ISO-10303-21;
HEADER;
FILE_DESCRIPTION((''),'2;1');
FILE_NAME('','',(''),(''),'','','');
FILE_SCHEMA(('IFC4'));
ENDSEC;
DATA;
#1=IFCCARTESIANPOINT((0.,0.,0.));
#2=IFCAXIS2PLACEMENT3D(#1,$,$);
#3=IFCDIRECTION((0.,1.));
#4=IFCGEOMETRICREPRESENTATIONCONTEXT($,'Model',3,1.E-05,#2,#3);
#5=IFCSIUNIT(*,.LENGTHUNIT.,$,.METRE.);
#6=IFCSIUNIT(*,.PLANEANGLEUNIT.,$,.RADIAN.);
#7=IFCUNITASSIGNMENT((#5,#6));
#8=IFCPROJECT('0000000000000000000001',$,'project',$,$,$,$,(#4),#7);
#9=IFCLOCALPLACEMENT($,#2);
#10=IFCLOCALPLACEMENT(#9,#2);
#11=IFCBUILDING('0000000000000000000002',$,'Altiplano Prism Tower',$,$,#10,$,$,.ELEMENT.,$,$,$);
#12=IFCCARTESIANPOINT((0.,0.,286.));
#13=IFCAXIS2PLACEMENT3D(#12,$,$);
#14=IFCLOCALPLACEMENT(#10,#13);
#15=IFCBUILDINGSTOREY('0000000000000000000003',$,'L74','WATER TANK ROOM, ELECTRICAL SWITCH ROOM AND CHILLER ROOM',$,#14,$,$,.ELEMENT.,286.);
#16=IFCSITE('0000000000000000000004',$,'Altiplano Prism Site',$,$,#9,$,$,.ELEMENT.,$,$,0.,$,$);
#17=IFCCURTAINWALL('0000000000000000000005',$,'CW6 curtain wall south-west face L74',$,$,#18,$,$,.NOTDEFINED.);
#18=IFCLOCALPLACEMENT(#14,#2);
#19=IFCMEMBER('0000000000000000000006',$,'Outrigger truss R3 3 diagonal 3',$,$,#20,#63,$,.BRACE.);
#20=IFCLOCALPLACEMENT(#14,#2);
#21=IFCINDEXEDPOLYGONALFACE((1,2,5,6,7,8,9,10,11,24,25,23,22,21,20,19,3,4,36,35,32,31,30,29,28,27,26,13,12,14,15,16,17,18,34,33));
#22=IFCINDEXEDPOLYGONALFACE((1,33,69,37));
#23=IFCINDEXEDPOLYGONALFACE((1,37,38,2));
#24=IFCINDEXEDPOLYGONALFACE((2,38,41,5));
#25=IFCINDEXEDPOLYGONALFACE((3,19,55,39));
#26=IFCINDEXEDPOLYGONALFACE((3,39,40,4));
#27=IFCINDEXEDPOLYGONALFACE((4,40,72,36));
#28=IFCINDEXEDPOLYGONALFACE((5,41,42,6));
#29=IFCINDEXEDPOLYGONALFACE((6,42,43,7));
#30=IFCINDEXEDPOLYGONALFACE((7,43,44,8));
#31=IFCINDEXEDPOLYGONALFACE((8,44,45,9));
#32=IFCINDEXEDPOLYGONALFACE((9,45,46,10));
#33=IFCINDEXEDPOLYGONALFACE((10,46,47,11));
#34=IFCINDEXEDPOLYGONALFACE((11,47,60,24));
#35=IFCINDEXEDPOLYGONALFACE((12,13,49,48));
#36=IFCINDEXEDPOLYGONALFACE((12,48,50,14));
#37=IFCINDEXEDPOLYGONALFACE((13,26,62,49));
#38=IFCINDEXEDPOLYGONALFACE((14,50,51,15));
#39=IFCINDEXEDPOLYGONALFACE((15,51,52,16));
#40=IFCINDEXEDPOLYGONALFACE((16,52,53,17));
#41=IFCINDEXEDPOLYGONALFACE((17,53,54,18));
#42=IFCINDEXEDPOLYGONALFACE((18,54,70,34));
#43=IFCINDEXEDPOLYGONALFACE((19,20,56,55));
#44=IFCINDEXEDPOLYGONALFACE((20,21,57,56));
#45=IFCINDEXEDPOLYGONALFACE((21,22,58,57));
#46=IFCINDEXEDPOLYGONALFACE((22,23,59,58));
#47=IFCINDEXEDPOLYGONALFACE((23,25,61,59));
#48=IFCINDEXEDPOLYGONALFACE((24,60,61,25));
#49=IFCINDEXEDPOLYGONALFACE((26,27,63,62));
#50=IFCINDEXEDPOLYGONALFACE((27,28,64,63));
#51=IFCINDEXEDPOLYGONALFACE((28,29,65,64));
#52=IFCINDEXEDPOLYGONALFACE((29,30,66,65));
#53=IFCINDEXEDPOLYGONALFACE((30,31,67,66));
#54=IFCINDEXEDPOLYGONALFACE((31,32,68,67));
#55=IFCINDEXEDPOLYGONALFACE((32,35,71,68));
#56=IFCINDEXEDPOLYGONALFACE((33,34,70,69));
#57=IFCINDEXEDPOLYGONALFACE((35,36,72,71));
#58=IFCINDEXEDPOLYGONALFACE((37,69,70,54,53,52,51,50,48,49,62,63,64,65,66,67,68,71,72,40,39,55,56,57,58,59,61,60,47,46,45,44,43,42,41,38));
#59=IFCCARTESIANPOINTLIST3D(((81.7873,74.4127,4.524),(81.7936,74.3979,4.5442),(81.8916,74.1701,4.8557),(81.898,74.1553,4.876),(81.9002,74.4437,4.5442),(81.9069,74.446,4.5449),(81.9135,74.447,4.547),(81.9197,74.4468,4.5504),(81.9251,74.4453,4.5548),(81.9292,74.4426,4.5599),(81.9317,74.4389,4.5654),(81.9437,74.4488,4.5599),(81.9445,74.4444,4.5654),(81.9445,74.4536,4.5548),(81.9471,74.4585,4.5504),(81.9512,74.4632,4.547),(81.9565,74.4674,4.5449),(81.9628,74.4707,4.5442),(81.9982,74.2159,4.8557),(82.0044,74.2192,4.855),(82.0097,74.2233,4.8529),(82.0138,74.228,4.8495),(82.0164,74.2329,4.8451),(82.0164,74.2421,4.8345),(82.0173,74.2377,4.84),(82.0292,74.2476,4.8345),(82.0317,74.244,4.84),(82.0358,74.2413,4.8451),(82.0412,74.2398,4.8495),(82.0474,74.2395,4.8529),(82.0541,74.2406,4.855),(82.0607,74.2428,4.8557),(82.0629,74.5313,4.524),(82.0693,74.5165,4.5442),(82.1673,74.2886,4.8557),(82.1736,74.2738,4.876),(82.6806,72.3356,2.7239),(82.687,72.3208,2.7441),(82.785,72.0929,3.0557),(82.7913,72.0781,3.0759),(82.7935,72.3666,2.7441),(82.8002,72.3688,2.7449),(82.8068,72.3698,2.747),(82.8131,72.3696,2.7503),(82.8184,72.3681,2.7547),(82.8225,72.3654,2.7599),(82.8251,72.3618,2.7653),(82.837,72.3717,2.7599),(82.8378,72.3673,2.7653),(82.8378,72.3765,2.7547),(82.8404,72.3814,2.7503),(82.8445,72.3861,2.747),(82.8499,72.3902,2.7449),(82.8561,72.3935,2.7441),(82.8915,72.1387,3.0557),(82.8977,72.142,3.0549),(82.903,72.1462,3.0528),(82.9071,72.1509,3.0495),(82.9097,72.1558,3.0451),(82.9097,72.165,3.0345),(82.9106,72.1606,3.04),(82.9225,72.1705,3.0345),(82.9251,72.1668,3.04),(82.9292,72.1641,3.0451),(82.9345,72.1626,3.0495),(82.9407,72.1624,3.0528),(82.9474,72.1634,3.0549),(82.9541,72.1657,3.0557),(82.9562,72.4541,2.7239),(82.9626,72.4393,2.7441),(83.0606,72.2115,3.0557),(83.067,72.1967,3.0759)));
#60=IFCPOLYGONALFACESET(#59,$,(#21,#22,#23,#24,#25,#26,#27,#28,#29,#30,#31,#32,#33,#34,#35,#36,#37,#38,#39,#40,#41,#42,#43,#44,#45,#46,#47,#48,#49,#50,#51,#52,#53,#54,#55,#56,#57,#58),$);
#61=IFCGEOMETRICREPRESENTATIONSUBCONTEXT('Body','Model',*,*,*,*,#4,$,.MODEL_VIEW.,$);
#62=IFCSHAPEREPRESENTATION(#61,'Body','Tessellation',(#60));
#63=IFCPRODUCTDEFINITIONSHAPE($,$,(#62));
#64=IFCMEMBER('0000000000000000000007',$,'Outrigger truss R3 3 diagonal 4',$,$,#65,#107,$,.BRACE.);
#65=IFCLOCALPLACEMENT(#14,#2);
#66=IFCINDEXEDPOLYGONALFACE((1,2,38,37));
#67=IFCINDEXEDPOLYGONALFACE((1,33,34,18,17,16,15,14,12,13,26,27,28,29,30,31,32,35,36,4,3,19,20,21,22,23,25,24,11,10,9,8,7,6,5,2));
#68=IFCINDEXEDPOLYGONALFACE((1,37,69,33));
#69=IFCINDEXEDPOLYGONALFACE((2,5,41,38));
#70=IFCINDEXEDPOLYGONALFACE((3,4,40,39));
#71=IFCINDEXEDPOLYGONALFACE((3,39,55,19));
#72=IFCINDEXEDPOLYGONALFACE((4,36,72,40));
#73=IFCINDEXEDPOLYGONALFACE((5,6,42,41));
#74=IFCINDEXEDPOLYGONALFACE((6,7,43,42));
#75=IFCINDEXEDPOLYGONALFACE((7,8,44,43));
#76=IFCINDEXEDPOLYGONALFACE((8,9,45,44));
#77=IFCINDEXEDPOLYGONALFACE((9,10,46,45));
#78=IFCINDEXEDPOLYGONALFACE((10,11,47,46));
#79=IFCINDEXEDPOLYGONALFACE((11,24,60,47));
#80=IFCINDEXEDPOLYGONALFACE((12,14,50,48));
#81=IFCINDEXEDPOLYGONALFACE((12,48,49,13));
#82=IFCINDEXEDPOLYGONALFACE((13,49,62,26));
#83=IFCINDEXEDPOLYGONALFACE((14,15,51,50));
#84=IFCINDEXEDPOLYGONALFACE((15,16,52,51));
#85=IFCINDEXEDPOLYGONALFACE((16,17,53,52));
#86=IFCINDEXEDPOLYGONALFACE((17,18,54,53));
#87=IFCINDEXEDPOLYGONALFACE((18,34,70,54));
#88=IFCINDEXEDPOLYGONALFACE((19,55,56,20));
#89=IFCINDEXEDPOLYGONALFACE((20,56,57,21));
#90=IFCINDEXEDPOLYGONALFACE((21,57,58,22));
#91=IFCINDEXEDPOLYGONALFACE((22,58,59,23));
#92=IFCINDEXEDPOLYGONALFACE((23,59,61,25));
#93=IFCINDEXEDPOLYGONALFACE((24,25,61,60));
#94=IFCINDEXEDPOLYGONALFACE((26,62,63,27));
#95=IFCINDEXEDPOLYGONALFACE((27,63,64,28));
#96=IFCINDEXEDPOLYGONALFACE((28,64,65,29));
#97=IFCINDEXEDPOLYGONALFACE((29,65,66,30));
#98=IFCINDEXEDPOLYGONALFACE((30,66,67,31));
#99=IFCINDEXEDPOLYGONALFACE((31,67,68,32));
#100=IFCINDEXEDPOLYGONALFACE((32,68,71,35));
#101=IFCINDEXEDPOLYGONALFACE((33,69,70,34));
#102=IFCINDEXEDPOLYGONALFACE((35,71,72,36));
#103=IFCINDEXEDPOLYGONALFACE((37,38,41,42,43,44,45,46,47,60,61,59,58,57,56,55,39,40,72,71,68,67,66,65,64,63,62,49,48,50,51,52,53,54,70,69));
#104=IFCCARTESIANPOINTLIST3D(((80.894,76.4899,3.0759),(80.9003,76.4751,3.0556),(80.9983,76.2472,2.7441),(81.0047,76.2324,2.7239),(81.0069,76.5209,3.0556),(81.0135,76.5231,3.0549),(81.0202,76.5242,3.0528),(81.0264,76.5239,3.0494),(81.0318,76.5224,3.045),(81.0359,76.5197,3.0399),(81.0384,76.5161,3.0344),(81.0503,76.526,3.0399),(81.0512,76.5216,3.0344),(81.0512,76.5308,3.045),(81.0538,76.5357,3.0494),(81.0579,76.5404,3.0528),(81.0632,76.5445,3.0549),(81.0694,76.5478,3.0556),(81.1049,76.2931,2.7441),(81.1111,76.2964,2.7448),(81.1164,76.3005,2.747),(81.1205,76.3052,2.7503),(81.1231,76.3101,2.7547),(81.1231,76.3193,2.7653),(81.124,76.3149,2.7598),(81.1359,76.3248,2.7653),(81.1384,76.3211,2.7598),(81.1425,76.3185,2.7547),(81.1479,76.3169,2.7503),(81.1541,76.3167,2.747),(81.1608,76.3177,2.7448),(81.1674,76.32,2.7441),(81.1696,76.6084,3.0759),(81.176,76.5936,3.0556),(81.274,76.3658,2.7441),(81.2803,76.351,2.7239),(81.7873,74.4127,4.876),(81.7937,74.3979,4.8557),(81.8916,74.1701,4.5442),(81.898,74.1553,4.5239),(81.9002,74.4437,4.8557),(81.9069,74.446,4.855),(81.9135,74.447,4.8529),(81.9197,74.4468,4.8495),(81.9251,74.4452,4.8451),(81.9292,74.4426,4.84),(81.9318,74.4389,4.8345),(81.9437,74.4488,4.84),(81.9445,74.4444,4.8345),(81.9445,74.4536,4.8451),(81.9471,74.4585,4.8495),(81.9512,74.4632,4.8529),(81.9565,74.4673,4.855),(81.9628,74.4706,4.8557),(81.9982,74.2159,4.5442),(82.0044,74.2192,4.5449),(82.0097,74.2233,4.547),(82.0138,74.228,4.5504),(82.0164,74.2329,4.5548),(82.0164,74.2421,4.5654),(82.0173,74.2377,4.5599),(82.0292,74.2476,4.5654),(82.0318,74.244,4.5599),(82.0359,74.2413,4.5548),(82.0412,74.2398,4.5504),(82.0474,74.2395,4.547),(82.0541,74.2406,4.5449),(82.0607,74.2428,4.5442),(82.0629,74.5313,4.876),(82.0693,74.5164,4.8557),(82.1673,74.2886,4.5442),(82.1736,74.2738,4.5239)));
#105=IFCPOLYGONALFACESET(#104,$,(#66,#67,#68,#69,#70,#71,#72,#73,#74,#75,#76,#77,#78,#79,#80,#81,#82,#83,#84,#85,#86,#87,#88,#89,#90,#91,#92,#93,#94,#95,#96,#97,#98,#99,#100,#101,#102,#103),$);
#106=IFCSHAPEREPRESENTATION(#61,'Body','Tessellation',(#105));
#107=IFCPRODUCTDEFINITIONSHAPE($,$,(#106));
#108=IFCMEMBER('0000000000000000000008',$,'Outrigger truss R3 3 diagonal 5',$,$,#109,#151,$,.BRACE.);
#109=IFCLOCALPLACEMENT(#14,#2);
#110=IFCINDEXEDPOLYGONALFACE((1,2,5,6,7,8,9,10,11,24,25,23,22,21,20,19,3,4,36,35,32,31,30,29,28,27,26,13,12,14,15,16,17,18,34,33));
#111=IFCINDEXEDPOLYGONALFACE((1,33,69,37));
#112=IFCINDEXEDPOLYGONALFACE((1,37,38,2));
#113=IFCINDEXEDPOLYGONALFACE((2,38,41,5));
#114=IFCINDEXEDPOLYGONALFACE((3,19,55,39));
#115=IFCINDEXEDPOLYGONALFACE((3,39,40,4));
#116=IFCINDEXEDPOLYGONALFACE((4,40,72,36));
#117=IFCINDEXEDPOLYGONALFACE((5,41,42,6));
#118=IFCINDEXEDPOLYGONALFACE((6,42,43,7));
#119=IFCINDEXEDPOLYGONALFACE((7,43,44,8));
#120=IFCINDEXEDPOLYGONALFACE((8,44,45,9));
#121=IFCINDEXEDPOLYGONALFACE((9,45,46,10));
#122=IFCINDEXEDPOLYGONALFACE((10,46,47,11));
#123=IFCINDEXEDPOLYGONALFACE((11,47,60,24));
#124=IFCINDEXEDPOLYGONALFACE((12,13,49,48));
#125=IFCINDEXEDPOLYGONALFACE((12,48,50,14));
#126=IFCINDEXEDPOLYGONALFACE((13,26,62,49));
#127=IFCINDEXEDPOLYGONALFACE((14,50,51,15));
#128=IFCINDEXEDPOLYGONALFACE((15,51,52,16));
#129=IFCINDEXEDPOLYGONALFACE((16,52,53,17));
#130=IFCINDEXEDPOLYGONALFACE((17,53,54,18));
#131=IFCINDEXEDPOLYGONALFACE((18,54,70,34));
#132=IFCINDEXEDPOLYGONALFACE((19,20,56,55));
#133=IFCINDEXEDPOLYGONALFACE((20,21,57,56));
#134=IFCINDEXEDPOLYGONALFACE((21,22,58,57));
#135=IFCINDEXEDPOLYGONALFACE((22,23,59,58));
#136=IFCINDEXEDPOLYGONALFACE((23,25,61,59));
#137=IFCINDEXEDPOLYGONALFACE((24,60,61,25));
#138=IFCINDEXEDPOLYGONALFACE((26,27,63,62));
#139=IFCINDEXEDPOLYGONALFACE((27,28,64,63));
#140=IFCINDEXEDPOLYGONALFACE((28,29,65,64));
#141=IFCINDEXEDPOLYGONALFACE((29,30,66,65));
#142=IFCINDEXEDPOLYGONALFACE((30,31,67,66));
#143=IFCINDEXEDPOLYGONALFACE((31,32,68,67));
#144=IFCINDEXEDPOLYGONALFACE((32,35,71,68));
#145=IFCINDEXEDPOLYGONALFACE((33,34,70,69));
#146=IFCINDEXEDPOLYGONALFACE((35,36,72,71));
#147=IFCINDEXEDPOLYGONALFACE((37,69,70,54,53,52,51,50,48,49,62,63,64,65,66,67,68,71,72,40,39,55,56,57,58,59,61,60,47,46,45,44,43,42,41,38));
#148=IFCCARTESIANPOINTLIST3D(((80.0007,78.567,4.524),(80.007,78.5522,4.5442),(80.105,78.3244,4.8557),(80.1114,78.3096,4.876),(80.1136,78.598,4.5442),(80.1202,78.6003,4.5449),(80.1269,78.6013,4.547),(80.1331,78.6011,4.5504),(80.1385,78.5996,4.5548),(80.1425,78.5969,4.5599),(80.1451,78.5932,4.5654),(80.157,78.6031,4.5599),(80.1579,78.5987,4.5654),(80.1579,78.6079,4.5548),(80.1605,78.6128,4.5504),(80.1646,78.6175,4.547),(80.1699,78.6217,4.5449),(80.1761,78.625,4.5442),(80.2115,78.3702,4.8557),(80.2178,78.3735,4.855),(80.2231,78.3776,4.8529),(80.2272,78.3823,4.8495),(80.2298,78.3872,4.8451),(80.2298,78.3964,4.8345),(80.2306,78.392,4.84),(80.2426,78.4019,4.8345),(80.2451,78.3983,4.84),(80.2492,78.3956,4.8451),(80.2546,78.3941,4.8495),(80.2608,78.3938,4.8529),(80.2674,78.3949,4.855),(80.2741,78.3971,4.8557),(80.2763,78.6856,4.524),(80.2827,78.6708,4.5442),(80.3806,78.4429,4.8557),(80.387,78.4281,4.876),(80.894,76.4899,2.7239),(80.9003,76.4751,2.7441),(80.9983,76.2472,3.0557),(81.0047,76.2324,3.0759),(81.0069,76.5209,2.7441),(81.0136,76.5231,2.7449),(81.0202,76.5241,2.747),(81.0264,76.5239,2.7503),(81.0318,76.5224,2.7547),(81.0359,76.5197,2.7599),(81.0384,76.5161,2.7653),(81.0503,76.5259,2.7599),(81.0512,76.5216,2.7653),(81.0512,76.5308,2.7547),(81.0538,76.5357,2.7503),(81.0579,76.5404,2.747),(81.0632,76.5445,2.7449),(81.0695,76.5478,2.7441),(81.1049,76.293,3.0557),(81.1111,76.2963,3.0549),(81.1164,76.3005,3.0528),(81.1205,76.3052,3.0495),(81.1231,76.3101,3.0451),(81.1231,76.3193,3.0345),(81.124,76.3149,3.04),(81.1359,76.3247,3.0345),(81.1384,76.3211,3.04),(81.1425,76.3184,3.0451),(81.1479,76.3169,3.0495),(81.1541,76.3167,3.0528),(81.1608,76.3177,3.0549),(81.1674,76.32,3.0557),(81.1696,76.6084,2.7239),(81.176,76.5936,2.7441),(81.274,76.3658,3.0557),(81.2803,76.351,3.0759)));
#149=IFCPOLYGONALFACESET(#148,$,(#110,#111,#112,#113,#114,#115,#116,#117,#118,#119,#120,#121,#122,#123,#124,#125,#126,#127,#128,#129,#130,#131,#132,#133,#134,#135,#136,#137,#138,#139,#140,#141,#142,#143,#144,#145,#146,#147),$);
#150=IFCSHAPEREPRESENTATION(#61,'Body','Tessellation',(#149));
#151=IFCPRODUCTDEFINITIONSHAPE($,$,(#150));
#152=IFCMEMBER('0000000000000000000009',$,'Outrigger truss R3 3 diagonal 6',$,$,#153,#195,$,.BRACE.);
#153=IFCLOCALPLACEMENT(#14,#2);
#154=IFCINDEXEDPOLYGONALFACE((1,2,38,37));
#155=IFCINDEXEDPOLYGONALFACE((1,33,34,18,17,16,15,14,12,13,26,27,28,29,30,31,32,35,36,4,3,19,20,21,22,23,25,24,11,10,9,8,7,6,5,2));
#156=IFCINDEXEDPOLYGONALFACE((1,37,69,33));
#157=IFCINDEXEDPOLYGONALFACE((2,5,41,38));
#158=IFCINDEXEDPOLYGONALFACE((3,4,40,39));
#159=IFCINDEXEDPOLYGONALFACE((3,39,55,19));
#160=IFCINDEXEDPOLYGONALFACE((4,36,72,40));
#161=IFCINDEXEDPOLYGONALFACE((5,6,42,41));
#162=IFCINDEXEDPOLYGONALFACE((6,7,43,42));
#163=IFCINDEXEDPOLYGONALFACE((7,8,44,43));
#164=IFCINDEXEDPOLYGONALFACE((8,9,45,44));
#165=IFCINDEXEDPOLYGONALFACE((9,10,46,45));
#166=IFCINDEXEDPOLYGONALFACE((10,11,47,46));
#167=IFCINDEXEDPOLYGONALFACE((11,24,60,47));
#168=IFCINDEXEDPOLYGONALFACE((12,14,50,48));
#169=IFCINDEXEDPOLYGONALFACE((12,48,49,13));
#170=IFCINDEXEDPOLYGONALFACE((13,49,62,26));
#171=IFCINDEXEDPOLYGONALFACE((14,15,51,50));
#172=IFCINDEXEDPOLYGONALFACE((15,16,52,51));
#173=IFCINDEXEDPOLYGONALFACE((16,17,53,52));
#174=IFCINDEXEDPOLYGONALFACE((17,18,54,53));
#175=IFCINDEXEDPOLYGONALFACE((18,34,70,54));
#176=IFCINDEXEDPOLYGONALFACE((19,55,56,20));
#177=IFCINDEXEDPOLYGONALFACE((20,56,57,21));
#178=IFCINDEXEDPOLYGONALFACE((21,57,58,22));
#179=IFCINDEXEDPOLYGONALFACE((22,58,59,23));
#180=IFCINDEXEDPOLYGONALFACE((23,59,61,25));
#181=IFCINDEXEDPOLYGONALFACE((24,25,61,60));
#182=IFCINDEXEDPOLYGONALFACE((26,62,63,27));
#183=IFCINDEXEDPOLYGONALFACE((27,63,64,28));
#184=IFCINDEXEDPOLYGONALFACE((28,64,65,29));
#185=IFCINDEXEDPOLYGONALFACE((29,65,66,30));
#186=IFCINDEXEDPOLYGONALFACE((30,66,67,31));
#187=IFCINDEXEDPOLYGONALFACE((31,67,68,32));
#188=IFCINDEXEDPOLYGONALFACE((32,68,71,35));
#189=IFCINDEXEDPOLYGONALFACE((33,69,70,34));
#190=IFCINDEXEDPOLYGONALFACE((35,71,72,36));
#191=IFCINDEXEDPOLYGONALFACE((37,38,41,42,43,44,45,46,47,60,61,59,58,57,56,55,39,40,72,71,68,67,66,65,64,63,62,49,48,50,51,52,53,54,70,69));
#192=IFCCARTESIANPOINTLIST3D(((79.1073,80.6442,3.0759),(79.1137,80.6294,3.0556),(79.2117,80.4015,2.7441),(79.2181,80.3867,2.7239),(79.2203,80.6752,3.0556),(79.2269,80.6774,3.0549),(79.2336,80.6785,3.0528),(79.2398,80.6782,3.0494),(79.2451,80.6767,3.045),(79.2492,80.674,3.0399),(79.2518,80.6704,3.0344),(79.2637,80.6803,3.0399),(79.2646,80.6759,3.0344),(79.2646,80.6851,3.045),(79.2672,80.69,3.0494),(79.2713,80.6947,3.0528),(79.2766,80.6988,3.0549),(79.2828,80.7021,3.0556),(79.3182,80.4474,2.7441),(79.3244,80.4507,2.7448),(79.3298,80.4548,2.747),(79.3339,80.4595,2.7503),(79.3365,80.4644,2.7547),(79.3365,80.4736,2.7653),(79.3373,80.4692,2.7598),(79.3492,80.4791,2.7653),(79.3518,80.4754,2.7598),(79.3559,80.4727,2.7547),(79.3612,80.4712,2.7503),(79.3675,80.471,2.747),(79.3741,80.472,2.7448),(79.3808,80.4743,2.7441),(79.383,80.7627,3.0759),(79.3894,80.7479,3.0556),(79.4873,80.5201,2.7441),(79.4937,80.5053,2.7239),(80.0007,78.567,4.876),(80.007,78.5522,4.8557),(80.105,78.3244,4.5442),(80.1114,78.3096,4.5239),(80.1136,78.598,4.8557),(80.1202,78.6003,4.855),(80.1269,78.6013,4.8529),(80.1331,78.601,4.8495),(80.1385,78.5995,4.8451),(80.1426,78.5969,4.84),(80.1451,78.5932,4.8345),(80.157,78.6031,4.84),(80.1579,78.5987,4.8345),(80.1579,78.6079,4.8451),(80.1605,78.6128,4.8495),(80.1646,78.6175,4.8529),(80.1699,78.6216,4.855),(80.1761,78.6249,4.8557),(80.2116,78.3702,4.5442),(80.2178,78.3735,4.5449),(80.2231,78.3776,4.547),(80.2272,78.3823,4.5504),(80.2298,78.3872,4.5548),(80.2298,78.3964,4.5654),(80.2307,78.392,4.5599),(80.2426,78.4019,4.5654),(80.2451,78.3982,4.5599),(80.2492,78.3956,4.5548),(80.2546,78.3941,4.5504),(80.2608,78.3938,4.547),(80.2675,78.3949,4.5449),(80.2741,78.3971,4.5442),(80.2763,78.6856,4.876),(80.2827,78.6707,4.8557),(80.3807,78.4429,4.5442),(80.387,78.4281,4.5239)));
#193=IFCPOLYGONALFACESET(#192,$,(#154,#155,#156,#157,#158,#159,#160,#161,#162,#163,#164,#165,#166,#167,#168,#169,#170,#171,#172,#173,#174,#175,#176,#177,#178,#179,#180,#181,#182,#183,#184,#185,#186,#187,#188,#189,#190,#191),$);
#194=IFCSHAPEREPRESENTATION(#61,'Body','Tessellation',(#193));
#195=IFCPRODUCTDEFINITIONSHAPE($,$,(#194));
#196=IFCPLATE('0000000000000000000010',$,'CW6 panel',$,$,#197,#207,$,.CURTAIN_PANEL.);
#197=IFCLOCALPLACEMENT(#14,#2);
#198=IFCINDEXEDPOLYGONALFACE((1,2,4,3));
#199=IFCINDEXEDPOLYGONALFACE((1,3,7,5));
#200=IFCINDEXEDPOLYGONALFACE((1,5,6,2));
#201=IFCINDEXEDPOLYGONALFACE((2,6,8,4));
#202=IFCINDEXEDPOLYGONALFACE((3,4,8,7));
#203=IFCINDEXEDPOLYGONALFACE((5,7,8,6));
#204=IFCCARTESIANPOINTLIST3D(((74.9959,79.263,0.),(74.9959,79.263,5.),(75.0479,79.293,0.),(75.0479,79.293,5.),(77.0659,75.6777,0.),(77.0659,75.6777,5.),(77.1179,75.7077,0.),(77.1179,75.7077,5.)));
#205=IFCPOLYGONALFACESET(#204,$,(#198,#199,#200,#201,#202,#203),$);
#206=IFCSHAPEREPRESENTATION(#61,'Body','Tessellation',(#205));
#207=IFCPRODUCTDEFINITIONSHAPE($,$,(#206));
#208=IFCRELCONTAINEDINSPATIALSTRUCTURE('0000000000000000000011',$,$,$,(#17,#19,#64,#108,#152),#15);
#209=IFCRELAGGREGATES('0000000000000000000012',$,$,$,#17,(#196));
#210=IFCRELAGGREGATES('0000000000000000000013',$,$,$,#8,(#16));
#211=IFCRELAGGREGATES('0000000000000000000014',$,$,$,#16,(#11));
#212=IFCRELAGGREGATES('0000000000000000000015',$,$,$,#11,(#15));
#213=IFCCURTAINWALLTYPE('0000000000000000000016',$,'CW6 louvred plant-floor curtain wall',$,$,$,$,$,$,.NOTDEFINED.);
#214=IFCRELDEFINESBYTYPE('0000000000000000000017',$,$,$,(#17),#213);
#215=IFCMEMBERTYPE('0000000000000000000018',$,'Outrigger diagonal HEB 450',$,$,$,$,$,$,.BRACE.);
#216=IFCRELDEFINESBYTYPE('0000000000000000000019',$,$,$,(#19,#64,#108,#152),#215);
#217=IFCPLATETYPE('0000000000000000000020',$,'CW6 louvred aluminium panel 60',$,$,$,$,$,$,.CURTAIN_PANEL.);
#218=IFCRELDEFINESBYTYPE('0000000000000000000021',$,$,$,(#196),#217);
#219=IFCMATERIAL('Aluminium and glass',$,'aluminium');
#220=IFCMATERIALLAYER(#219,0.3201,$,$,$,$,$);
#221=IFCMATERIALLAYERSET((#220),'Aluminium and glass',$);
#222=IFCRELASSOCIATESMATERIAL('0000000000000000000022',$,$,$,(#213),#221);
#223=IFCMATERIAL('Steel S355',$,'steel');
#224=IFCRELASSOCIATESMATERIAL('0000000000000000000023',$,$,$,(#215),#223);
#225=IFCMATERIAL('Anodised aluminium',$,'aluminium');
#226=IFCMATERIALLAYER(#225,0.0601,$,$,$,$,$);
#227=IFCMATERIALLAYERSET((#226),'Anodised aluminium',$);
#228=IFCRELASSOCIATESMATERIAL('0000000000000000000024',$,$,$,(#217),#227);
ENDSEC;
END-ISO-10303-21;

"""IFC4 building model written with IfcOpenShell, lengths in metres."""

from ifc_helpers import new_model, si_unit, direction, frame, origin, origin_2d, place, context, subcontext, project, spatial, rectangle, i_section, extrude, material, layer, layer_set, material_profile, profile_set, type_object, element, aggregate, save


model = new_model("IFC4")

# Units and contexts
model_context = context("Model", 3, precision=1e-05, world=origin(), true_north=direction((0.0, 1.0)))
body_context = subcontext(model_context, "Body", "Model", "MODEL_VIEW")
ifc_project = project(units=[si_unit("LENGTHUNIT", "METRE"), si_unit("PLANEANGLEUNIT", "RADIAN")], contexts=[model_context])

# Site, building, storey
site_placement = place(None, origin())
site = spatial("IfcSite", under=ifc_project, at=site_placement, Name="Altiplano Prism Site", CompositionType="ELEMENT", RefElevation=0.0)
building_placement = place(site_placement, origin())
building = spatial("IfcBuilding", under=site, at=building_placement, Name="Altiplano Prism Tower", CompositionType="ELEMENT")
storey_placement = place(building_placement, frame((0.0, 0.0, 286.0)))
storey = spatial("IfcBuildingStorey", under=building, at=storey_placement, Name="L74", Description="WATER TANK ROOM, ELECTRICAL SWITCH ROOM AND CHILLER ROOM", CompositionType="ELEMENT", Elevation=286.0)

# Shared definitions
ifc_material_1 = material(Name="Steel S355", Category="steel")

# Curtain wall
ifc_material_2 = material(Name="Aluminium and glass", Category="aluminium")
ifc_layer_1 = layer(ifc_material_2, 0.3201)
ifc_layer_set_1 = layer_set([ifc_layer_1], Name="Aluminium and glass")
curtain_wall_type = type_object("IfcCurtainWallType", Name="CW6 louvred plant-floor curtain wall", PredefinedType="NOTDEFINED", material=ifc_layer_set_1)
curtain_wall_1_placement = place(storey_placement, origin())
curtain_wall_1 = element("IfcCurtainWall", 1, at=curtain_wall_1_placement, inside=storey, type_object=curtain_wall_type, Name="CW6 curtain wall south-west face L74", PredefinedType="NOTDEFINED")

# Members
ifc_material_profile_1 = material_profile(ifc_material_1, i_section(OverallWidth=0.3, OverallDepth=0.45, WebThickness=0.0139, FlangeThickness=0.0259, FilletRadius=0.0271, at=origin_2d()), Name="Outrigger diagonal HEB 450")
ifc_profile_set_1 = profile_set([ifc_material_profile_1], Name="Steel S355")
member_type_1 = type_object("IfcMemberType", Name="Outrigger diagonal HEB 450", PredefinedType="BRACE", material=ifc_profile_set_1)
for number, where, z_axis, x_axis, name in (
    (2, (82.8738, 72.2661, 2.8999), (-0.309092, 0.71871, 0.622831), (-0.918647, -0.395079, 0.0), "Outrigger truss R3 3 diagonal 3"),
    (3, (81.9805, 74.3433, 4.7), (-0.309092, 0.71871, -0.622831), (-0.918647, -0.395079, 0.0), "Outrigger truss R3 3 diagonal 4"),
    (4, (81.0872, 76.4204, 2.8999), (-0.309092, 0.71871, 0.622831), (-0.918647, -0.395079, 0.0), "Outrigger truss R3 3 diagonal 5"),
    (5, (80.1938, 78.4976, 4.7), (-0.309092, 0.71871, -0.622831), (-0.918647, -0.395079, 0.0), "Outrigger truss R3 3 diagonal 6"),
):
    element("IfcMember", number, at=place(storey_placement, frame(where, z_axis=z_axis, x_axis=x_axis)), inside=storey, type_object=member_type_1, Name=name, PredefinedType="BRACE", context=body_context, shape_type="SweptSolid", body=[
        extrude(i_section(OverallWidth=0.3, OverallDepth=0.45, WebThickness=0.0139, FlangeThickness=0.0259, FilletRadius=0.0271, at=origin_2d()), origin(), (0.0, 0.0, 1.0), 2.8901),
    ])

# Plate
ifc_material_3 = material(Name="Anodised aluminium", Category="aluminium")
ifc_layer_2 = layer(ifc_material_3, 0.0601)
ifc_layer_set_2 = layer_set([ifc_layer_2], Name="Anodised aluminium")
plate_type = type_object("IfcPlateType", Name="CW6 louvred aluminium panel 60", PredefinedType="CURTAIN_PANEL", material=ifc_layer_set_2)
plate_1_placement = place(storey_placement, frame((76.0569, 77.4854, 0.0), z_axis=(0.0, 0.0, 1.0), x_axis=(0.5, -0.866025, 0.0)))
plate_1 = element("IfcPlate", 6, at=plate_1_placement, type_object=plate_type, Name="CW6 panel", PredefinedType="CURTAIN_PANEL", context=body_context, shape_type="SweptSolid", body=[
    extrude(rectangle(XDim=4.1399, YDim=0.0601, at=origin_2d()), origin(), (0.0, 0.0, 1.0), 5.0),
])
aggregate(curtain_wall_1, [plate_1])

save(model, "model.ifc")
